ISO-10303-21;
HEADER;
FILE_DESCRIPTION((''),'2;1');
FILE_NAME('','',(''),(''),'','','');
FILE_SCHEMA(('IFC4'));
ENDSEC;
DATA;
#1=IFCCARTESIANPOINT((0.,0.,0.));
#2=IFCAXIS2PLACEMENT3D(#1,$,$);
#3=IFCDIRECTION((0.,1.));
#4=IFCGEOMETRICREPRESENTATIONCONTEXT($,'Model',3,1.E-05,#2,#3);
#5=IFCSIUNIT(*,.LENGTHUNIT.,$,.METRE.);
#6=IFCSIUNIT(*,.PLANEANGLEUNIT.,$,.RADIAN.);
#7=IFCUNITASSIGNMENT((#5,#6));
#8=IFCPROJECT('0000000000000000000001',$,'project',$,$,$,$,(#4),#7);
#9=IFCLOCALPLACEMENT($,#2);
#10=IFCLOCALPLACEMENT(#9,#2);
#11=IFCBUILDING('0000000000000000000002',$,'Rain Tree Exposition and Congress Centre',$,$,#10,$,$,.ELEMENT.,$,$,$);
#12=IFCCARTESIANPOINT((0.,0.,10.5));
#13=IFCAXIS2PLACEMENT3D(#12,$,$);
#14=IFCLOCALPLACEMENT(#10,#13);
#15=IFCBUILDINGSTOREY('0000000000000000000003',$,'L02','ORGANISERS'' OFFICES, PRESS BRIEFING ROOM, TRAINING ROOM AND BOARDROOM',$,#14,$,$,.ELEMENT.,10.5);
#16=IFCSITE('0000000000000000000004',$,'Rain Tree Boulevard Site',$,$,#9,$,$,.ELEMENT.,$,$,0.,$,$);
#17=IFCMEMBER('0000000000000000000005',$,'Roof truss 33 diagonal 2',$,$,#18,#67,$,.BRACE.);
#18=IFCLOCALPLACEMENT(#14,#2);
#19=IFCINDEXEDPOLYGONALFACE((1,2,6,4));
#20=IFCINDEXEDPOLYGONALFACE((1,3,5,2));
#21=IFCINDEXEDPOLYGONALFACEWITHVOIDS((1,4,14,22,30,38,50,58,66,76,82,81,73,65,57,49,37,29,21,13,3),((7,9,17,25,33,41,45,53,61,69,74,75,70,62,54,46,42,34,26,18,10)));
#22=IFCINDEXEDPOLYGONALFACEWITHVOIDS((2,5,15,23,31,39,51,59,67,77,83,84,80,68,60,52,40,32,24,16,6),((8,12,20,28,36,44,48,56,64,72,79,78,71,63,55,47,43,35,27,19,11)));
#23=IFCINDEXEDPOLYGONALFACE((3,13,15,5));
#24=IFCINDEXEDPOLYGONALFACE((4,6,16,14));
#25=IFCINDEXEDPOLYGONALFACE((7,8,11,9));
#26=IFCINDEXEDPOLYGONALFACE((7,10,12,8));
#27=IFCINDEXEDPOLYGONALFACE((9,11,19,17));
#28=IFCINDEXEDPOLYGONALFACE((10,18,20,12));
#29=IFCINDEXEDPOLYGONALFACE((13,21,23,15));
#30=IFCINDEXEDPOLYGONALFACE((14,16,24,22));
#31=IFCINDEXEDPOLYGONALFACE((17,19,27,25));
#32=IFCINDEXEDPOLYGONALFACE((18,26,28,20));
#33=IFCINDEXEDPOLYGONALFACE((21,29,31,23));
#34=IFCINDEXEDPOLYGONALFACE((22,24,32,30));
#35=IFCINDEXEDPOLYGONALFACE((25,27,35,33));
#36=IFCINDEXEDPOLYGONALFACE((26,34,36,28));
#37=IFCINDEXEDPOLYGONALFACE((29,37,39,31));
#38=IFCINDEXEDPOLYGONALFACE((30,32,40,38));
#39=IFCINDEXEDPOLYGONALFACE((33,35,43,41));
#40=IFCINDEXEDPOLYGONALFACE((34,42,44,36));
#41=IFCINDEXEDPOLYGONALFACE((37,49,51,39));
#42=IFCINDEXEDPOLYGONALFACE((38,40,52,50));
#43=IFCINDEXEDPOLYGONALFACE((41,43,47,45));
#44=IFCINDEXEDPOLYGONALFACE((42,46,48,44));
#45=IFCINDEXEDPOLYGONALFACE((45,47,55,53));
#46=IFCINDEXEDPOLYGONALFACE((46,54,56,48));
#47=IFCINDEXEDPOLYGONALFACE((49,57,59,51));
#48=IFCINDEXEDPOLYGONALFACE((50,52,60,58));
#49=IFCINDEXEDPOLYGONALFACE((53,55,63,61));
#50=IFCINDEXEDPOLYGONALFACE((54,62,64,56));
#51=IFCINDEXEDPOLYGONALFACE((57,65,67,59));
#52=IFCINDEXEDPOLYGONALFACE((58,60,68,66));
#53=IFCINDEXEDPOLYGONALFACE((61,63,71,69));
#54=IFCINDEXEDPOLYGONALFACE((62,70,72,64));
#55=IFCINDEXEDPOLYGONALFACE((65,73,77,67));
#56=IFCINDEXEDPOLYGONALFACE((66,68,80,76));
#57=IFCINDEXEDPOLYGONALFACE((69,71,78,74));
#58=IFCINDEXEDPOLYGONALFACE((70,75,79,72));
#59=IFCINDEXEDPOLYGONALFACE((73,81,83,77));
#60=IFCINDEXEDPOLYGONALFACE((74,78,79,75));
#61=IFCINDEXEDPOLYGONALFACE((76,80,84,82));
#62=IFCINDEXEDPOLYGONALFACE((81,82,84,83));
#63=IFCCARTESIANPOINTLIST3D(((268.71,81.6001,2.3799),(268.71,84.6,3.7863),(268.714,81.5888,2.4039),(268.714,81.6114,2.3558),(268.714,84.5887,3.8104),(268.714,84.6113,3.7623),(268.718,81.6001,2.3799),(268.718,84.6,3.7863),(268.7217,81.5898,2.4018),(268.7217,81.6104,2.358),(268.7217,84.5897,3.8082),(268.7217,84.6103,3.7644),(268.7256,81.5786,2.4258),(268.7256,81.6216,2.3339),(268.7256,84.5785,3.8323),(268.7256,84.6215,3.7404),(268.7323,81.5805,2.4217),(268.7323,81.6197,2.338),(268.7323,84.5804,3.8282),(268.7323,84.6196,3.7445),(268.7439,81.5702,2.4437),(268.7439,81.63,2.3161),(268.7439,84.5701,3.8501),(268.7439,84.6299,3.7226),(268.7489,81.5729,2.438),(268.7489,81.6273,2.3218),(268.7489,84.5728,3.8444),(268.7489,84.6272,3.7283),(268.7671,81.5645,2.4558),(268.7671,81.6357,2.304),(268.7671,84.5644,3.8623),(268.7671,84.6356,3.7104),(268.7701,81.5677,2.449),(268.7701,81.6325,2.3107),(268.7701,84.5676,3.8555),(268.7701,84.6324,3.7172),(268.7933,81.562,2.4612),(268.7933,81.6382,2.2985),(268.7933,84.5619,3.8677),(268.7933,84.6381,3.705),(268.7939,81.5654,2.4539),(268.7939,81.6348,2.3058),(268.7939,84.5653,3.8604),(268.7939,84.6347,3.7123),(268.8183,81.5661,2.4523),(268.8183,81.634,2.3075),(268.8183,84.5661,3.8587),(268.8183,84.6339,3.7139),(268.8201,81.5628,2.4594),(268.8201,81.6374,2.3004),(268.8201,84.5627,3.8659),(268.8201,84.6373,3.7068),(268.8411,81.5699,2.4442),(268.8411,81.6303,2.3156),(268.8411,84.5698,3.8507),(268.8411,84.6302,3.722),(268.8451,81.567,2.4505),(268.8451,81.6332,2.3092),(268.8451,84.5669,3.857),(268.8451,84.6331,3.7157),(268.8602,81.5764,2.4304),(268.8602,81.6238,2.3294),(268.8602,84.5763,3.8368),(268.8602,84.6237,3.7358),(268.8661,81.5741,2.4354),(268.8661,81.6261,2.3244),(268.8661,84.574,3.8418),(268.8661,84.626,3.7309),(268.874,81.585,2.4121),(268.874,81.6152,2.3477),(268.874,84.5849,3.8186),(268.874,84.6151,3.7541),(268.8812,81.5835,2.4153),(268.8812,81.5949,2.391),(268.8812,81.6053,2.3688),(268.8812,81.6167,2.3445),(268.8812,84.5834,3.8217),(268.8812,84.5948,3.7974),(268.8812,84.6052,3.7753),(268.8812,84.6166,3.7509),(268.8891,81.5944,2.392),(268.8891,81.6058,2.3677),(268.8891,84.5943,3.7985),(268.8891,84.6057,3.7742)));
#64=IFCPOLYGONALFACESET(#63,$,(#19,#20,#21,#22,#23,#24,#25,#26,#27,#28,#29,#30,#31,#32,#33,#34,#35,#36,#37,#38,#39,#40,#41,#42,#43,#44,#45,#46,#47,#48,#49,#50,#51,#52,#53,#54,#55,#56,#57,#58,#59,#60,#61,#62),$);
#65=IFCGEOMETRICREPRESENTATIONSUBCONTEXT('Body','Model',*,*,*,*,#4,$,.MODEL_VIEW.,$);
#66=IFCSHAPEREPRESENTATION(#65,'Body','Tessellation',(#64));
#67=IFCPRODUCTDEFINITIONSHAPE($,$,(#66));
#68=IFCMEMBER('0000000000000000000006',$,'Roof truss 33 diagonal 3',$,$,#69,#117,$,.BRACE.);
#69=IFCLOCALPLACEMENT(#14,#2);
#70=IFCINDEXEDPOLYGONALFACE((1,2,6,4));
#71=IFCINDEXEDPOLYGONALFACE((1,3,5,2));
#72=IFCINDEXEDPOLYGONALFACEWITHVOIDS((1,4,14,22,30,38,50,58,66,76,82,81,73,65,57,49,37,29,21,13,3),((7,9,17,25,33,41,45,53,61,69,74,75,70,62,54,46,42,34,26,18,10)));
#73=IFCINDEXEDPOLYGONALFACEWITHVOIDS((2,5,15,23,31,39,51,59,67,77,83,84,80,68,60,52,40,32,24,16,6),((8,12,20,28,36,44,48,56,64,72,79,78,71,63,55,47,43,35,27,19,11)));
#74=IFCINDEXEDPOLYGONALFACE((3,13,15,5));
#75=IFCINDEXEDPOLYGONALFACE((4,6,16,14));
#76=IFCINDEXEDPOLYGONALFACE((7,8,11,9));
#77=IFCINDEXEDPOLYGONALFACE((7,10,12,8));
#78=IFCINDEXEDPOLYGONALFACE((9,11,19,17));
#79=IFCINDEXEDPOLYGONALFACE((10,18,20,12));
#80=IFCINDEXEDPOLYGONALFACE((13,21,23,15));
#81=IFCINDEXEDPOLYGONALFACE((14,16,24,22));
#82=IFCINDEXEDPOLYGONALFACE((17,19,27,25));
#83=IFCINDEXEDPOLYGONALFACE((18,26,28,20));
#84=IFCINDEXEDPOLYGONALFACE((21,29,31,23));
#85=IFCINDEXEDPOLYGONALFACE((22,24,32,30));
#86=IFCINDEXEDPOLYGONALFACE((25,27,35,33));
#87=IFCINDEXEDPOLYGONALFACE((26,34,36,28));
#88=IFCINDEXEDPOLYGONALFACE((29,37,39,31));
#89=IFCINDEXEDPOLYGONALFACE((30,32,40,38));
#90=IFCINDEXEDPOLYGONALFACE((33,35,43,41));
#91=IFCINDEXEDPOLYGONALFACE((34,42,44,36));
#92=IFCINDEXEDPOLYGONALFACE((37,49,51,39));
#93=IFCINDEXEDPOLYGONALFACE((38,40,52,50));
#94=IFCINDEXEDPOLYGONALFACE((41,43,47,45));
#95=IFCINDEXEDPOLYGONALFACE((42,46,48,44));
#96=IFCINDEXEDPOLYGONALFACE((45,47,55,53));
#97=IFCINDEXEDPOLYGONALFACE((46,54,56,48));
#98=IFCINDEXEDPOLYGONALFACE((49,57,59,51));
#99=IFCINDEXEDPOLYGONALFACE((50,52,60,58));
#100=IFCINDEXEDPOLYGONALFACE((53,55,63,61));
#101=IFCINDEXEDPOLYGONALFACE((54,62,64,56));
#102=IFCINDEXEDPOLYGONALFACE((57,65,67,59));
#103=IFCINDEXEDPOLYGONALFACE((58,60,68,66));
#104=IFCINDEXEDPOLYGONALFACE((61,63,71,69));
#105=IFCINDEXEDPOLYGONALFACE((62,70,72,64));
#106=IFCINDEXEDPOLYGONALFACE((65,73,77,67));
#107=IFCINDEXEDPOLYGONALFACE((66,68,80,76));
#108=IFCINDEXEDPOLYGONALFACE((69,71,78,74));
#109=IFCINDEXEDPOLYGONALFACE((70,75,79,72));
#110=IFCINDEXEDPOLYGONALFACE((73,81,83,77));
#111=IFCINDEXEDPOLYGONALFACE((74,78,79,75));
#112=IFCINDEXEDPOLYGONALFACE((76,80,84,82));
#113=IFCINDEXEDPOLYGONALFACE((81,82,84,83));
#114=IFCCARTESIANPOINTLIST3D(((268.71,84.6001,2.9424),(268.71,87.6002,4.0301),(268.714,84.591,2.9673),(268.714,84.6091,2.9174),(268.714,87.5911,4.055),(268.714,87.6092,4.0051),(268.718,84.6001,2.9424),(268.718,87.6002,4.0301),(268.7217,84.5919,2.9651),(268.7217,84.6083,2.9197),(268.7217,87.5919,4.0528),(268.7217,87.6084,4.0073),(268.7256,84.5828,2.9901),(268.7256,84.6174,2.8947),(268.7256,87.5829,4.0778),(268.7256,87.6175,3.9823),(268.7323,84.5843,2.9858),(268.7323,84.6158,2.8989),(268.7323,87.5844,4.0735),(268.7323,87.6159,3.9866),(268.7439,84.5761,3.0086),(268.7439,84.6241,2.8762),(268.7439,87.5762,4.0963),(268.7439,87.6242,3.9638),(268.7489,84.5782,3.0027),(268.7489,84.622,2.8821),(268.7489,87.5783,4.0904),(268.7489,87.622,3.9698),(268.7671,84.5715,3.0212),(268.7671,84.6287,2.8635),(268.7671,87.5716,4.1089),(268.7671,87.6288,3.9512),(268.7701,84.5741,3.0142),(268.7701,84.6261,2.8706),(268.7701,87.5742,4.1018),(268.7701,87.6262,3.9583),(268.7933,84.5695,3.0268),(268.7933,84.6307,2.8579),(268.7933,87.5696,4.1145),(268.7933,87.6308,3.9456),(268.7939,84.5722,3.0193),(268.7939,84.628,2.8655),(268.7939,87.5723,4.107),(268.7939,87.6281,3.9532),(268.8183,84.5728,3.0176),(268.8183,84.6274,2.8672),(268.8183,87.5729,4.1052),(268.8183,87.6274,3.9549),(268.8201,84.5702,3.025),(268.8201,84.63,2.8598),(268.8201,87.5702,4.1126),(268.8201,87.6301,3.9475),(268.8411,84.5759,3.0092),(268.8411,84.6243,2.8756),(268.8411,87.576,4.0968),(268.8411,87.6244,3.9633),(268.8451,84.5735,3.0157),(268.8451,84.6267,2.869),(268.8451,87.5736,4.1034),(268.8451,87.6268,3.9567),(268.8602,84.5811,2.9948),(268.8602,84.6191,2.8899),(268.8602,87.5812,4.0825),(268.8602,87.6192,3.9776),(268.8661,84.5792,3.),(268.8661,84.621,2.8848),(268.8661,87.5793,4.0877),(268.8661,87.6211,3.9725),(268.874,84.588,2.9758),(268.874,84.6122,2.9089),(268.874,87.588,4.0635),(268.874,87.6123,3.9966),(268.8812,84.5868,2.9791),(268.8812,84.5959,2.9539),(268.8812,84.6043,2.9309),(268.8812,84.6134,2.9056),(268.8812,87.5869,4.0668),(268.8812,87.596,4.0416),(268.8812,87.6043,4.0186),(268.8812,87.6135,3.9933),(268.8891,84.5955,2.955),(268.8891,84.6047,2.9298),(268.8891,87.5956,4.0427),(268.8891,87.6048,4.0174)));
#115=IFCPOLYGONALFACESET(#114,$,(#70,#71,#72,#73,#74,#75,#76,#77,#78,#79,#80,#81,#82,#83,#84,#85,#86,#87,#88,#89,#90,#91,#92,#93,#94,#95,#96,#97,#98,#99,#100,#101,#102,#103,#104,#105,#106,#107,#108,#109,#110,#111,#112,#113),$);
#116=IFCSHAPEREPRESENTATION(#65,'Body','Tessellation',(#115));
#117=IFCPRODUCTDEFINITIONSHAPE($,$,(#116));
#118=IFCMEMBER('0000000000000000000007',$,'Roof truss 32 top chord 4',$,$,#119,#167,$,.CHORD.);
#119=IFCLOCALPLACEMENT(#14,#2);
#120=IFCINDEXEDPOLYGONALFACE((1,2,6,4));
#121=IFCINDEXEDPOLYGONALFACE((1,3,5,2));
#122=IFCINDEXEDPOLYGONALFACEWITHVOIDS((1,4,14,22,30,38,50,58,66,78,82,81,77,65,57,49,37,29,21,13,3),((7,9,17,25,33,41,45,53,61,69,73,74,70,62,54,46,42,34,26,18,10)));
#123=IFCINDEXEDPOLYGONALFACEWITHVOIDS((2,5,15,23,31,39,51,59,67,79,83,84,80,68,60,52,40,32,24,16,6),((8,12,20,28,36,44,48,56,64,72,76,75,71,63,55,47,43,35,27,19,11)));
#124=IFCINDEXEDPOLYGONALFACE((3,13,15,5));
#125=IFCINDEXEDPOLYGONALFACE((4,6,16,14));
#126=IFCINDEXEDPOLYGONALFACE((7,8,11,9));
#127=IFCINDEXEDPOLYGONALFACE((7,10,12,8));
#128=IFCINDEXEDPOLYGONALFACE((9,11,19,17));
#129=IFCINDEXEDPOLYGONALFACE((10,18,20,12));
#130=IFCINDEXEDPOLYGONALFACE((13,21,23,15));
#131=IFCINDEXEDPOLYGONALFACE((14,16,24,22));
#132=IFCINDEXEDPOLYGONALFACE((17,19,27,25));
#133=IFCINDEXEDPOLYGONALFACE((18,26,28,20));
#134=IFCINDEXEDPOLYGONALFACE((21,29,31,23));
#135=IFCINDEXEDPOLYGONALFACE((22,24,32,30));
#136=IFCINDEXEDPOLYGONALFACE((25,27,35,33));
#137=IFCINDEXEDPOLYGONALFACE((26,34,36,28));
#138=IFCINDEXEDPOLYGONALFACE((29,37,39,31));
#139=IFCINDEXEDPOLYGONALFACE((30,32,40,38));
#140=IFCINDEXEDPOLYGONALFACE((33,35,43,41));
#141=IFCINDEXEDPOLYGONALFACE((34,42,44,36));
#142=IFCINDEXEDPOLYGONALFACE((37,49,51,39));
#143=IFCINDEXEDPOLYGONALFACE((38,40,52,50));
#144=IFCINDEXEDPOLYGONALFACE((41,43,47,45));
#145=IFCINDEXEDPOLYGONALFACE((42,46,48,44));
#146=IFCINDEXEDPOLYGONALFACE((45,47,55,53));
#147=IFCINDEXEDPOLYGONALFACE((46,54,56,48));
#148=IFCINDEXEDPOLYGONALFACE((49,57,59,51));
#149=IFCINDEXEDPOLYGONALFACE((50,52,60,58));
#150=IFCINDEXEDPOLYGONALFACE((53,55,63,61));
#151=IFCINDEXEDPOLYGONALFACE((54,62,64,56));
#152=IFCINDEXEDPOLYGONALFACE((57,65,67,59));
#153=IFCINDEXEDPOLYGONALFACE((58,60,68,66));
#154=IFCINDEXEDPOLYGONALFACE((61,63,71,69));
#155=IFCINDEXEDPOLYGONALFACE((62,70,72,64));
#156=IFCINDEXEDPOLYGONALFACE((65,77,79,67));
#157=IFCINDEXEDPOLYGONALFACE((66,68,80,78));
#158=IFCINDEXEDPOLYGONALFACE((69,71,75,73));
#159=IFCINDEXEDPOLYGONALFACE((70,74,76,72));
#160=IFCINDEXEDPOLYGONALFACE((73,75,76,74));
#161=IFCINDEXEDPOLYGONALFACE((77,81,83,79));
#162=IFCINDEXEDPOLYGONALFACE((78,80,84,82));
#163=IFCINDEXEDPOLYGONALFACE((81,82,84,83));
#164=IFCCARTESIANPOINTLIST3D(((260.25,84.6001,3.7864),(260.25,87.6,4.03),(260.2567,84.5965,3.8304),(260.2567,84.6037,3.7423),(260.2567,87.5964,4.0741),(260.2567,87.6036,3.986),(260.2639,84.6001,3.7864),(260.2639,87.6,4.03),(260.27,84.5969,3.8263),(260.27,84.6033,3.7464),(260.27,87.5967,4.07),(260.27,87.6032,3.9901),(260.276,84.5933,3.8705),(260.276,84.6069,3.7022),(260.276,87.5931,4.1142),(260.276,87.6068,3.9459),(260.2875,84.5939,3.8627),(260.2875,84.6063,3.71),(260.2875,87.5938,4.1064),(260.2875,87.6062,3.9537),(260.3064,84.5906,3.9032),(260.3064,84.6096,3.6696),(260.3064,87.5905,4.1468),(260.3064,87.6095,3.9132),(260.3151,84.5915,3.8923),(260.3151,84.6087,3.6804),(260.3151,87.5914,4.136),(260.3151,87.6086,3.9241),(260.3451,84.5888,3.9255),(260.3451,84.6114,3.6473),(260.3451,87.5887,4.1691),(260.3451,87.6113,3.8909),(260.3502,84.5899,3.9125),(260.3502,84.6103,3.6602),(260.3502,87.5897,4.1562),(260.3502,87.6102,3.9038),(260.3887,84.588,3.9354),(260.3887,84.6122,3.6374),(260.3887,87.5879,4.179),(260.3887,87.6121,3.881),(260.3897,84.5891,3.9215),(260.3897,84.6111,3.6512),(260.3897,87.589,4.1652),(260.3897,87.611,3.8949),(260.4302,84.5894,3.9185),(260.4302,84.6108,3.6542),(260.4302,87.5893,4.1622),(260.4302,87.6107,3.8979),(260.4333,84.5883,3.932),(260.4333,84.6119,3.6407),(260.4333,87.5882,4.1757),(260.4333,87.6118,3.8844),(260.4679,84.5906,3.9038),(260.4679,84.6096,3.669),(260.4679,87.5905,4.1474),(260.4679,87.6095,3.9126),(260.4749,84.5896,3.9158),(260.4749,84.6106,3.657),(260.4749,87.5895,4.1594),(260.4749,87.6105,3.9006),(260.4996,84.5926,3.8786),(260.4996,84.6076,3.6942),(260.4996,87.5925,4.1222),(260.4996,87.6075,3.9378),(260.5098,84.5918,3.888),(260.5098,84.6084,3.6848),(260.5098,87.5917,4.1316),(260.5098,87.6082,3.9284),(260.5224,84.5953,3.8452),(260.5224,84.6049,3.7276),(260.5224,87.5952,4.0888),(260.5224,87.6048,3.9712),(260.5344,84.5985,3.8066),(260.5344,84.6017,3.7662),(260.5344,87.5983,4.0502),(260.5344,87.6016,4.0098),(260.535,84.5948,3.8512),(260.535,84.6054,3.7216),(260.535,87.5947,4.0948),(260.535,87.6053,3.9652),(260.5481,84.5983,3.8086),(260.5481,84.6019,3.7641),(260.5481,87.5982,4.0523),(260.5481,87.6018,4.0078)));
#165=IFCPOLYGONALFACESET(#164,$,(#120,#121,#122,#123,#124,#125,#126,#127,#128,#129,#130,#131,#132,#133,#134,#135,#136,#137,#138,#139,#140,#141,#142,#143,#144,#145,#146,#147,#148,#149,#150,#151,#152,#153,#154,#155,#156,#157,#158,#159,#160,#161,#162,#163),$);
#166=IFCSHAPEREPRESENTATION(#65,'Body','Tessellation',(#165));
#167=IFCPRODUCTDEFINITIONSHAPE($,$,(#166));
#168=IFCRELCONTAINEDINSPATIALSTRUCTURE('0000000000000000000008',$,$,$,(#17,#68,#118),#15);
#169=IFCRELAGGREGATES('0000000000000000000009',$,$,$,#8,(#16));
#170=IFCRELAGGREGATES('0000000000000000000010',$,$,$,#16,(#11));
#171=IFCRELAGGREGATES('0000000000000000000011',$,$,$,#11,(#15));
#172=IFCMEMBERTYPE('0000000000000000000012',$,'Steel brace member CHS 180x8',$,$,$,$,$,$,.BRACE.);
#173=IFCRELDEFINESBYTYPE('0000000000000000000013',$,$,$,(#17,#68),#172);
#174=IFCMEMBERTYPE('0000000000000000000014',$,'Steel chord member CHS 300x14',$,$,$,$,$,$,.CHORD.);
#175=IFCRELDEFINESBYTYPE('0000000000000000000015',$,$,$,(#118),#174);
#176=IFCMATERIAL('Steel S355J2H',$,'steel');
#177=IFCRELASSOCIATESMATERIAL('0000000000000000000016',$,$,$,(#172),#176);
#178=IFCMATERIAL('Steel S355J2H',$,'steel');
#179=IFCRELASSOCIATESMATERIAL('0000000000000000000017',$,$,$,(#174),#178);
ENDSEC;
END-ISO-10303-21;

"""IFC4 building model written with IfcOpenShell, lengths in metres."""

from ifc_helpers import new_model, si_unit, direction, frame, origin, origin_2d, place, context, subcontext, project, spatial, hollow_circle, extrude, material, material_profile, profile_set, type_object, element, save


model = new_model("IFC4")

# Units and contexts
model_context = context("Model", 3, precision=1e-05, world=origin(), true_north=direction((0.0, 1.0)))
body_context = subcontext(model_context, "Body", "Model", "MODEL_VIEW")
ifc_project = project(units=[si_unit("LENGTHUNIT", "METRE"), si_unit("PLANEANGLEUNIT", "RADIAN")], contexts=[model_context])

# Site, building, storey
site_placement = place(None, origin())
site = spatial("IfcSite", under=ifc_project, at=site_placement, Name="Rain Tree Boulevard Site", CompositionType="ELEMENT", RefElevation=0.0)
building_placement = place(site_placement, origin())
building = spatial("IfcBuilding", under=site, at=building_placement, Name="Rain Tree Exposition and Congress Centre", CompositionType="ELEMENT")
storey_placement = place(building_placement, frame((0.0, 0.0, 10.5)))
storey = spatial("IfcBuildingStorey", under=building, at=storey_placement, Name="L02", Description="ORGANISERS' OFFICES, PRESS BRIEFING ROOM, TRAINING ROOM AND BOARDROOM", CompositionType="ELEMENT", Elevation=10.5)

# Members
ifc_material_1 = material(Name="Steel S355J2H", Category="steel")
ifc_material_profile_1 = material_profile(ifc_material_1, hollow_circle(Radius=0.0901, WallThickness=0.0081, at=origin_2d()), Name="CHS 180x8")
ifc_profile_set_1 = profile_set([ifc_material_profile_1], Name="Steel S355J2H")
member_type_1 = type_object("IfcMemberType", Name="Steel brace member CHS 180x8", PredefinedType="BRACE", material=ifc_profile_set_1)
member_1_placement = place(storey_placement, frame((268.8, 81.6001, 2.3799), z_axis=(0.0, 0.905431, 0.424494), x_axis=(-1.0, 0.0, 0.0)))
element("IfcMember", 1, at=member_1_placement, inside=storey, type_object=member_type_1, Name="Roof truss 33 diagonal 2", PredefinedType="BRACE", context=body_context, shape_type="SweptSolid", body=[
    extrude(hollow_circle(Radius=0.0901, WallThickness=0.0081, at=origin_2d()), origin(), (0.0, 0.0, 1.0), 3.3132),
])
member_2_placement = place(storey_placement, frame((268.8, 84.6001, 2.9424), z_axis=(0.0, 0.940121, 0.34084), x_axis=(-1.0, 0.0, 0.0)))
element("IfcMember", 2, at=member_2_placement, inside=storey, type_object=member_type_1, Name="Roof truss 33 diagonal 3", PredefinedType="BRACE", context=body_context, shape_type="SweptSolid", body=[
    extrude(hollow_circle(Radius=0.0901, WallThickness=0.0081, at=origin_2d()), origin(), (0.0, 0.0, 1.0), 3.1912),
])
ifc_material_2 = material(Name="Steel S355J2H", Category="steel")
ifc_material_profile_2 = material_profile(ifc_material_2, hollow_circle(Radius=0.1499, WallThickness=0.0139, at=origin_2d()), Name="CHS 300x14")
ifc_profile_set_2 = profile_set([ifc_material_profile_2], Name="Steel S355J2H")
member_type_2 = type_object("IfcMemberType", Name="Steel chord member CHS 300x14", PredefinedType="CHORD", material=ifc_profile_set_2)
member_3_placement = place(storey_placement, frame((260.3999, 84.6001, 3.7864), z_axis=(0.0, 0.996718, 0.080951), x_axis=(-1.0, 0.0, 0.0)))
element("IfcMember", 3, at=member_3_placement, inside=storey, type_object=member_type_2, Name="Roof truss 32 top chord 4", PredefinedType="CHORD", context=body_context, shape_type="SweptSolid", body=[
    extrude(hollow_circle(Radius=0.1499, WallThickness=0.0139, at=origin_2d()), origin(), (0.0, 0.0, 1.0), 3.0098),
])

save(model, "model.ifc")
